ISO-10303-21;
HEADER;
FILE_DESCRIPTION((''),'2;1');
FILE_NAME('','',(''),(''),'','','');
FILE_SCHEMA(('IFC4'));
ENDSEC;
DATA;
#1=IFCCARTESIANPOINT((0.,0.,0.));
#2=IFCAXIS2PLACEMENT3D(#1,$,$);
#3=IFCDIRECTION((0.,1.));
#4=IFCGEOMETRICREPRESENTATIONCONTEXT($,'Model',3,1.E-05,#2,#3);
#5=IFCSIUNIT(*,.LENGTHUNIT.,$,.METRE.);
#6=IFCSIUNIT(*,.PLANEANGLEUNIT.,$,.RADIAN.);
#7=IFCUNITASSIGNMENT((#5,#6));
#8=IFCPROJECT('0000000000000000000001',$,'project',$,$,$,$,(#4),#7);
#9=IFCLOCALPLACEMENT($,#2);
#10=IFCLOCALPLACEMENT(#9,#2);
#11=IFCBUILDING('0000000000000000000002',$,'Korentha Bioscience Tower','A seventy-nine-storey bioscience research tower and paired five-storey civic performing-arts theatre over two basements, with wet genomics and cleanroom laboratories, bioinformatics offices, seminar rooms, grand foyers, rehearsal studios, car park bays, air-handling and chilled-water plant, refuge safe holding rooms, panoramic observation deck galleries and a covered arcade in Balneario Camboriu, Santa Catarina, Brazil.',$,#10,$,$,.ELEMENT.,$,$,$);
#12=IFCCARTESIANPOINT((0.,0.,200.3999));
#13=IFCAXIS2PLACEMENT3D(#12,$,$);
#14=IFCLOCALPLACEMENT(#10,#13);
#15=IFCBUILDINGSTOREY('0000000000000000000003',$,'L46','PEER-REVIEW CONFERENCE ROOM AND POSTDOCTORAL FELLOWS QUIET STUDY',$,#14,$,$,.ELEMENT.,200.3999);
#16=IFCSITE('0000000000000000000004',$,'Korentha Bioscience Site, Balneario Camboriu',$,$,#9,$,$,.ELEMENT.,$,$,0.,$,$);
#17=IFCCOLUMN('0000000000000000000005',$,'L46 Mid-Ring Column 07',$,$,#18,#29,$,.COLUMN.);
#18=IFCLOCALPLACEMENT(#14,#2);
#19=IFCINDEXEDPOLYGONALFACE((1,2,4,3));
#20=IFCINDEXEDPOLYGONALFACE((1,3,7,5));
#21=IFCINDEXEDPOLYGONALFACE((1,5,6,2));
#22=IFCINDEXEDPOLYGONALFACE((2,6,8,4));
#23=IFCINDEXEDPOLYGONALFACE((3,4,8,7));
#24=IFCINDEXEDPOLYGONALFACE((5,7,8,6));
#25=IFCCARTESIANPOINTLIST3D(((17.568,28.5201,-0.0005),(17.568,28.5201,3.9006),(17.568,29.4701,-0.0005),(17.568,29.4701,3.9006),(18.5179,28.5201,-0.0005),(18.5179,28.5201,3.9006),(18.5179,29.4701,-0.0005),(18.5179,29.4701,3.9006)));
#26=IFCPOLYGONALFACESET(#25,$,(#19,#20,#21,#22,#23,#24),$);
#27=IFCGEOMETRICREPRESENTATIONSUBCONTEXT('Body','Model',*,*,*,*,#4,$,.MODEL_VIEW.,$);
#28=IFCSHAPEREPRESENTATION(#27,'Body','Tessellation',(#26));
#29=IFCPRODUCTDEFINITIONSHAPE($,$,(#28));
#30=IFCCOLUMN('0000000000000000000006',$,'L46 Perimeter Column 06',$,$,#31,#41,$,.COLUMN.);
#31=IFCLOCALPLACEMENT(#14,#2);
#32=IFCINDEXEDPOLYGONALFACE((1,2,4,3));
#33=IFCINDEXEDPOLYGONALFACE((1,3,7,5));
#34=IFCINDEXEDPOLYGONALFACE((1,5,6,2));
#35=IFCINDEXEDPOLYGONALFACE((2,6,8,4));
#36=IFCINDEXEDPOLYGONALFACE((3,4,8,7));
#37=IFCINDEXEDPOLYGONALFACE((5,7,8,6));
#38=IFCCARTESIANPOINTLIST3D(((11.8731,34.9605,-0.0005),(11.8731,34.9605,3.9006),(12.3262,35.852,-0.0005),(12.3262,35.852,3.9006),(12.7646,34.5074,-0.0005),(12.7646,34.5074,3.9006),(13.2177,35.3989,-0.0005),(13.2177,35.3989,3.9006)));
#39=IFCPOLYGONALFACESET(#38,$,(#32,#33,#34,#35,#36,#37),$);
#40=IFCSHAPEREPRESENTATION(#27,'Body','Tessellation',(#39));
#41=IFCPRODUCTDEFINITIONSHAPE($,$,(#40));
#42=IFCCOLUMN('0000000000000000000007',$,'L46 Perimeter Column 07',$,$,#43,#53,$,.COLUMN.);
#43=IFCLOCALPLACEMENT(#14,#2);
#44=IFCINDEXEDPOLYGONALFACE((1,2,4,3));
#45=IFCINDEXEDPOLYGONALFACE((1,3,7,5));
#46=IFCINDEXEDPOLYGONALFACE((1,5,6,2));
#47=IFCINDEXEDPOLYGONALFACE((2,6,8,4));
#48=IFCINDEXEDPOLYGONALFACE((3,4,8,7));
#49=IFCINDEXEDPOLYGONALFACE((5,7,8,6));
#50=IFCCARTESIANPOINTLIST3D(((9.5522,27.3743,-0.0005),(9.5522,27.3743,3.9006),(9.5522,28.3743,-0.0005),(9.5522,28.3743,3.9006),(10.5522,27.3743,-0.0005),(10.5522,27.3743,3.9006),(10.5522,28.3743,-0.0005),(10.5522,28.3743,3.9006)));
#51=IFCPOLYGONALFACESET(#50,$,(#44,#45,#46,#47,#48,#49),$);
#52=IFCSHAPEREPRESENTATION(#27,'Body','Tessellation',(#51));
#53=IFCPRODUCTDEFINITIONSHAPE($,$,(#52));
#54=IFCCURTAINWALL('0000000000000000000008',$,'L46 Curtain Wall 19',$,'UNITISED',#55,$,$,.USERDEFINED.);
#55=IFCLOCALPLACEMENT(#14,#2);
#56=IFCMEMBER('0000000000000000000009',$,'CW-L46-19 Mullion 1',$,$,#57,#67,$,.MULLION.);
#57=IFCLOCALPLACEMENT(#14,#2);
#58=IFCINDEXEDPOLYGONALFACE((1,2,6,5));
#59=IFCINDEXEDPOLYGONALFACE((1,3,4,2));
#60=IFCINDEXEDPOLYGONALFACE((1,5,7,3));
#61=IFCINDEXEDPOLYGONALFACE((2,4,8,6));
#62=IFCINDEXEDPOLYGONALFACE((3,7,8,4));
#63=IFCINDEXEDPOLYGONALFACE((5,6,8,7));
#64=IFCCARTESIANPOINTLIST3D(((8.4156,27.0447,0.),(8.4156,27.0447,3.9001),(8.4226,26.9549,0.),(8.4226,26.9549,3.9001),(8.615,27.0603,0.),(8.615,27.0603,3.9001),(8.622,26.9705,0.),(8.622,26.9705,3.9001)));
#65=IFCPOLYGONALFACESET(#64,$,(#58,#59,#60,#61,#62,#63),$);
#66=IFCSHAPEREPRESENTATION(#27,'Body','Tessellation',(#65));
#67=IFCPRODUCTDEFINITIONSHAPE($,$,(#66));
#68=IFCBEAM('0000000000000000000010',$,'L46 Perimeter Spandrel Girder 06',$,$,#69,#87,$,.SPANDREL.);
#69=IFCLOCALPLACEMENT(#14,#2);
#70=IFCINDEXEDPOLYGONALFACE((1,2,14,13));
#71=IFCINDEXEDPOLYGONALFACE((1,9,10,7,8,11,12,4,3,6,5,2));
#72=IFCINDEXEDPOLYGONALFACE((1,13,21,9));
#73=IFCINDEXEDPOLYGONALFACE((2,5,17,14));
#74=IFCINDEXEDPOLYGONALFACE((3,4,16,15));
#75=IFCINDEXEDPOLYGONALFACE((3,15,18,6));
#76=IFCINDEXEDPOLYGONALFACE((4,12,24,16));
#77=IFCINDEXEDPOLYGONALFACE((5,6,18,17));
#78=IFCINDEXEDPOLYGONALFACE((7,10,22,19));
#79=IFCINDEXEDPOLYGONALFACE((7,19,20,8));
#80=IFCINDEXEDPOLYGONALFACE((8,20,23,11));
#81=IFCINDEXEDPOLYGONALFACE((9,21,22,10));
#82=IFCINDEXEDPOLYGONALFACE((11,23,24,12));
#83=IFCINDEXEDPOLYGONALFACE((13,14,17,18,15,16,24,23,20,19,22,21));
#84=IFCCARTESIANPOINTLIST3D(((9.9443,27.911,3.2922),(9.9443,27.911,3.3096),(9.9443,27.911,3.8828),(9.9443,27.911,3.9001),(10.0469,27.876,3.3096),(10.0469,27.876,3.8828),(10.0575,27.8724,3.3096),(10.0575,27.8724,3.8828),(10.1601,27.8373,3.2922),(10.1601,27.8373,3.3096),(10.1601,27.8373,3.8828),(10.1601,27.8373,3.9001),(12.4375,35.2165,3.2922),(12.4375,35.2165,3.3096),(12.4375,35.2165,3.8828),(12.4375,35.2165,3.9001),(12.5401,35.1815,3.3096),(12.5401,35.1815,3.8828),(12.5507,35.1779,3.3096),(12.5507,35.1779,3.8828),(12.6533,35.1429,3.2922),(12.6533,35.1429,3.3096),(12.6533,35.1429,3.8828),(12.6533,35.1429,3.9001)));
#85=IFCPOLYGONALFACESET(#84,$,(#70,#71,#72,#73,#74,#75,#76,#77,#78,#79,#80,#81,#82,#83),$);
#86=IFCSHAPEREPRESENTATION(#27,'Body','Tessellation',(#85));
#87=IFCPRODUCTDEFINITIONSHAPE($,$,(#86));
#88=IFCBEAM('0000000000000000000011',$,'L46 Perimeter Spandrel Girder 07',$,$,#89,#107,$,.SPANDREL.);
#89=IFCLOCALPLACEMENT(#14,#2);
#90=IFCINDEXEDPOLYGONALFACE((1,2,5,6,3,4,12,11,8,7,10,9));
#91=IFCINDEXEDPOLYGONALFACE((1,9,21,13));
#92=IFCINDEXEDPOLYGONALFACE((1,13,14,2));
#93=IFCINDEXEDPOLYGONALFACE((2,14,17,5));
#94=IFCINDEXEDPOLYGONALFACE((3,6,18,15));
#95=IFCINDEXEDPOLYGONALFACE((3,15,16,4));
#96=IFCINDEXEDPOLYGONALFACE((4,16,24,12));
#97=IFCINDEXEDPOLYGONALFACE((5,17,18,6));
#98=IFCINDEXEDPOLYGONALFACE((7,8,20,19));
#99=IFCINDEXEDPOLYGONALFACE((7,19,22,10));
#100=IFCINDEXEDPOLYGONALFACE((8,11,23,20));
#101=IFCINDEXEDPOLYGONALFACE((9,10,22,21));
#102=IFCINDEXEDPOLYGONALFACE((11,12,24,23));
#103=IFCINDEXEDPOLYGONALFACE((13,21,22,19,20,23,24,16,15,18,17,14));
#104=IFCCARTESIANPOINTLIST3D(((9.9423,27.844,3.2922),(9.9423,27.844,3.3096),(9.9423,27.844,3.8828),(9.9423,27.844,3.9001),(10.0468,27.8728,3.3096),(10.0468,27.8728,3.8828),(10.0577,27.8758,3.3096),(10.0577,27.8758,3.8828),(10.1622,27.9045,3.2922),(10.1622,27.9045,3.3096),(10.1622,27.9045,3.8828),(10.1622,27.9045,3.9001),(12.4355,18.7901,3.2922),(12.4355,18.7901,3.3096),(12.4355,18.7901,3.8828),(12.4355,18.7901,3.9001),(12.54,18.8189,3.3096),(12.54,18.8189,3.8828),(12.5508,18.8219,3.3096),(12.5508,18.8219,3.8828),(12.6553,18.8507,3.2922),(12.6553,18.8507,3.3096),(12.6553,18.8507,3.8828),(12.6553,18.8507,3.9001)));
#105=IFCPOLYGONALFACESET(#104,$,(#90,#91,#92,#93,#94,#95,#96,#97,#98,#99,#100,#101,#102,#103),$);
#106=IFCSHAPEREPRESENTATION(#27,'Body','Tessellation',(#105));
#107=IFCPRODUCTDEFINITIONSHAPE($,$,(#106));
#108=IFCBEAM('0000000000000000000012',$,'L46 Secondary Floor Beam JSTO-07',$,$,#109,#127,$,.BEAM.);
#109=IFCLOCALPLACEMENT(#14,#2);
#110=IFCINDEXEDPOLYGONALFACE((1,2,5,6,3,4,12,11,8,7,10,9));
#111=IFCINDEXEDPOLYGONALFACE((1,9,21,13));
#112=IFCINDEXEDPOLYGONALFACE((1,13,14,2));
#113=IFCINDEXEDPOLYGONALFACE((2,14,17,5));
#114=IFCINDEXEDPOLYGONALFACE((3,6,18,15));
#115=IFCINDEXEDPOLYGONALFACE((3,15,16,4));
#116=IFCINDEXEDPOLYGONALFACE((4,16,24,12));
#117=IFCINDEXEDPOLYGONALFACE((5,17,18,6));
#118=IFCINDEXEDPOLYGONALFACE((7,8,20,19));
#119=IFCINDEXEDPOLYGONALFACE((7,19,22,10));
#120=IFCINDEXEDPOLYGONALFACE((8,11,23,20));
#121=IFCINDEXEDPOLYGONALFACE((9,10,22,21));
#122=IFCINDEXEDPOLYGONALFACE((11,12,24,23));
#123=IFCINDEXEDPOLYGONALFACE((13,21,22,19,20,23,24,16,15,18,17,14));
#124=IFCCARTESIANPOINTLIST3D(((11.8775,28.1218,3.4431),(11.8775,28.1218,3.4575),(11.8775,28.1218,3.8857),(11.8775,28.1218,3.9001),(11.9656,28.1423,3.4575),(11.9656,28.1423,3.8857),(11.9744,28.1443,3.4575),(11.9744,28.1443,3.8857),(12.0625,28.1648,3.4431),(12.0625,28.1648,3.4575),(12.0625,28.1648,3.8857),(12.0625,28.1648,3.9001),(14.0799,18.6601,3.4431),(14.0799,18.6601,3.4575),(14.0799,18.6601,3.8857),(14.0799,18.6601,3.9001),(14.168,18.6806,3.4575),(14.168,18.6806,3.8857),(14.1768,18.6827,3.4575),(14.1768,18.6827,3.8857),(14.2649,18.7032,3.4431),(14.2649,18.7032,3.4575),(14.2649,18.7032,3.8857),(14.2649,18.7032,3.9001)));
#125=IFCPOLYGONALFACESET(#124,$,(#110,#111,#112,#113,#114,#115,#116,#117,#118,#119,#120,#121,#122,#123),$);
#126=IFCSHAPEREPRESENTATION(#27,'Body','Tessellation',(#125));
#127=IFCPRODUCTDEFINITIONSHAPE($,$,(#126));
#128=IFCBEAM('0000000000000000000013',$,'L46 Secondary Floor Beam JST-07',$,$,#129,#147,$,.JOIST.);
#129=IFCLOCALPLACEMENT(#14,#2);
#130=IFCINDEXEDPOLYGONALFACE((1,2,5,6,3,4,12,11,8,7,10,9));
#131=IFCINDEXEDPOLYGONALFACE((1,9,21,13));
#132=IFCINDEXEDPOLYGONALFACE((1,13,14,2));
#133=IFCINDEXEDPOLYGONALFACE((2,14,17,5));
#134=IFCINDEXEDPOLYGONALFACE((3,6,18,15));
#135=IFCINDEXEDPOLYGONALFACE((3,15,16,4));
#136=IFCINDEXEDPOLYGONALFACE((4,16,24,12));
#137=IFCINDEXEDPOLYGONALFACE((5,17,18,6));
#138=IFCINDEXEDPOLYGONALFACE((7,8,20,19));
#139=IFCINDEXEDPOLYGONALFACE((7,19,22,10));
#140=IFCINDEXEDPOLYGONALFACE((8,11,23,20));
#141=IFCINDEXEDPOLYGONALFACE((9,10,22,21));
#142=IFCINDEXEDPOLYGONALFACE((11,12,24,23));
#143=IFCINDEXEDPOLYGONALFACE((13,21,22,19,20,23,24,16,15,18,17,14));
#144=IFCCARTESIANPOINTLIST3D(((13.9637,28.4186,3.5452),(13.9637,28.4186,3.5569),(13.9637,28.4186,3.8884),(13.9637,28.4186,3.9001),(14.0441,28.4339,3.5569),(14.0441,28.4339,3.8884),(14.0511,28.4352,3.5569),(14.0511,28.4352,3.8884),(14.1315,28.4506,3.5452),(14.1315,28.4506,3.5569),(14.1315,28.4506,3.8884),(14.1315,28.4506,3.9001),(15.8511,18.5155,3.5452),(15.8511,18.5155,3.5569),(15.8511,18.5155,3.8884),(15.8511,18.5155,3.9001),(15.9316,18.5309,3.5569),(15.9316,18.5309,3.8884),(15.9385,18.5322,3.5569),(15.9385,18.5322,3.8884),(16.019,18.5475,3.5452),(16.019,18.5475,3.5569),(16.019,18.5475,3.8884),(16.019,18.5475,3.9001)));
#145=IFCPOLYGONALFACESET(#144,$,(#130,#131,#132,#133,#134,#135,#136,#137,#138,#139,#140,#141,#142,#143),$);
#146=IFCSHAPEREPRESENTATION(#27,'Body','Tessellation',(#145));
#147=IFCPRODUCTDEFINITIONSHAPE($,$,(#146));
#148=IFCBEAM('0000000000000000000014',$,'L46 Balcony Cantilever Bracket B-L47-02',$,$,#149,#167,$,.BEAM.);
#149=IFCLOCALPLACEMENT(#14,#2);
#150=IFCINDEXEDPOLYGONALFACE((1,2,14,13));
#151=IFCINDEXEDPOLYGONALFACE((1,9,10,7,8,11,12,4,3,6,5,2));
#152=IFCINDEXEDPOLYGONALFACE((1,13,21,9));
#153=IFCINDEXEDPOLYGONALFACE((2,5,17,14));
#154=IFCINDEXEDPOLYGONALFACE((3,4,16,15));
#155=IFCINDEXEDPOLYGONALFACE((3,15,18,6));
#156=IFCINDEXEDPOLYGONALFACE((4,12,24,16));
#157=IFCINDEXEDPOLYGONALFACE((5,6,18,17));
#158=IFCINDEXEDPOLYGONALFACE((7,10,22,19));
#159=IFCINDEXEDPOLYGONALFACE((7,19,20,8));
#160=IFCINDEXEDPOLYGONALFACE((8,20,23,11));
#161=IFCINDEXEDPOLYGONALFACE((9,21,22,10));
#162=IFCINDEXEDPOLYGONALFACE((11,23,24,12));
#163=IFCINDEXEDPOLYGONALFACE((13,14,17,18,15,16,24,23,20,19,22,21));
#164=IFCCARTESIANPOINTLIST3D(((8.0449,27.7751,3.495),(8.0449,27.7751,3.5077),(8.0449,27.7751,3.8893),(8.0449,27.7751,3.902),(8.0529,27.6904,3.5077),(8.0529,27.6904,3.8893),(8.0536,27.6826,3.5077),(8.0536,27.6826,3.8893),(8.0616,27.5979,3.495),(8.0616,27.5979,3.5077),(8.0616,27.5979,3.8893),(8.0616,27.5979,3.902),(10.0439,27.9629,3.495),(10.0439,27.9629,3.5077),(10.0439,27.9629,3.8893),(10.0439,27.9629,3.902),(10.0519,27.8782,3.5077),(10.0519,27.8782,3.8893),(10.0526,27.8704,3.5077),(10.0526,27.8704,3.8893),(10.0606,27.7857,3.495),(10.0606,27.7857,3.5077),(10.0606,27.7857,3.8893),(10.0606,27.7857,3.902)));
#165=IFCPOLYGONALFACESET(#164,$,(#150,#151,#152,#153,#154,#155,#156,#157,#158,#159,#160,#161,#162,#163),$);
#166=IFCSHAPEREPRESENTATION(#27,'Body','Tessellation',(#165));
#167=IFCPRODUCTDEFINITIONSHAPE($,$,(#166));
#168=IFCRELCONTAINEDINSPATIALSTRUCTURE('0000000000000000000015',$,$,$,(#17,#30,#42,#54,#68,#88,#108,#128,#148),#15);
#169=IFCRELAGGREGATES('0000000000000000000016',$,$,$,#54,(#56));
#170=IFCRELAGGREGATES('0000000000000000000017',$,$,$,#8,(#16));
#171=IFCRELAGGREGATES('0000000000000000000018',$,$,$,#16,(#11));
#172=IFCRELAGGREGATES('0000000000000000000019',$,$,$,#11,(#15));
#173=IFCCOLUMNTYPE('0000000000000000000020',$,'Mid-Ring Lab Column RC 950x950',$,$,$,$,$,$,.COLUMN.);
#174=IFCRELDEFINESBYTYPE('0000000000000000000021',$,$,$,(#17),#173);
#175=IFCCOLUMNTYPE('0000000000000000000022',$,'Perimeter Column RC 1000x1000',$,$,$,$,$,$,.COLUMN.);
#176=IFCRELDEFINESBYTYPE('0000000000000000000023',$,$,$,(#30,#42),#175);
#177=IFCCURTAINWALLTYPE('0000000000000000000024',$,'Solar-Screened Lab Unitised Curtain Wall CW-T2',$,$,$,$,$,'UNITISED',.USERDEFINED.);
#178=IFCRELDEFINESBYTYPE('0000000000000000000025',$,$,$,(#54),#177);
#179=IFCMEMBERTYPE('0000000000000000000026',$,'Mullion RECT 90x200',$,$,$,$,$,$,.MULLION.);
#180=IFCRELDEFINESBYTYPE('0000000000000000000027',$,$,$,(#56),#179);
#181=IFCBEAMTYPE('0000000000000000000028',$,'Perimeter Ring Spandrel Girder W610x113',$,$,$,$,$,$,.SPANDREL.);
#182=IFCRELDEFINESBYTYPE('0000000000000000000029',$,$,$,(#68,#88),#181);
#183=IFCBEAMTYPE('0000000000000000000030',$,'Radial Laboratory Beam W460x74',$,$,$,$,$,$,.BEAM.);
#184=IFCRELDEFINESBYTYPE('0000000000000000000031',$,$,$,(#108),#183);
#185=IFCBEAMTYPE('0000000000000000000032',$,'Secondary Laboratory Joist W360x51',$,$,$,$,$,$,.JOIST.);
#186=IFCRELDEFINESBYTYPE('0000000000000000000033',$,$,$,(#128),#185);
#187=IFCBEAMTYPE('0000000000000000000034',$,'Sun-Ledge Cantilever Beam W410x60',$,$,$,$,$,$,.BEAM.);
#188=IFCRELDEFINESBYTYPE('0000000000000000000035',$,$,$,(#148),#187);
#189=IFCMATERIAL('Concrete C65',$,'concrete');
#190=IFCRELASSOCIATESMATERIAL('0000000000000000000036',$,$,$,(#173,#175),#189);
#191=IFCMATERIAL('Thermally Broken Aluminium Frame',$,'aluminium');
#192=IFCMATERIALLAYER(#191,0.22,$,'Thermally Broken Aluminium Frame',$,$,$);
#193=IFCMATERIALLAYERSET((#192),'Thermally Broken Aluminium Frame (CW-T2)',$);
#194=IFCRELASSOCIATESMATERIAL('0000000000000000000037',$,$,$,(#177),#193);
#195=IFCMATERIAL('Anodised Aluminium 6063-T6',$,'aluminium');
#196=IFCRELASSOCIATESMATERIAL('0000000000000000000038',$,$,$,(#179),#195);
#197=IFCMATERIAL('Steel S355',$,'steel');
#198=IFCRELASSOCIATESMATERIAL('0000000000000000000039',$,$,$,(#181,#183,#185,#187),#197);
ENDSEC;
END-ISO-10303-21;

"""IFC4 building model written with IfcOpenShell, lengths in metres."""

from ifc_helpers import new_model, si_unit, direction, frame, origin, origin_2d, place, context, subcontext, project, spatial, rectangle, i_section, extrude, material, layer, layer_set, material_profile, profile_set, type_object, element, aggregate, save


model = new_model("IFC4")

# Units and contexts
model_context = context("Model", 3, precision=1e-05, world=origin(), true_north=direction((0.0, 1.0)))
body_context = subcontext(model_context, "Body", "Model", "MODEL_VIEW")
ifc_project = project(units=[si_unit("LENGTHUNIT", "METRE"), si_unit("PLANEANGLEUNIT", "RADIAN")], contexts=[model_context])

# Site, building, storey
site_placement = place(None, origin())
site = spatial("IfcSite", under=ifc_project, at=site_placement, Name="Korentha Bioscience Site, Balneario Camboriu", CompositionType="ELEMENT", RefElevation=0.0)
building_placement = place(site_placement, origin())
building = spatial("IfcBuilding", under=site, at=building_placement, Name="Korentha Bioscience Tower", Description="A seventy-nine-storey bioscience research tower and paired five-storey civic performing-arts theatre over two basements, with wet genomics and cleanroom laboratories, bioinformatics offices, seminar rooms, grand foyers, rehearsal studios, car park bays, air-handling and chilled-water plant, refuge safe holding rooms, panoramic observation deck galleries and a covered arcade in Balneario Camboriu, Santa Catarina, Brazil.", CompositionType="ELEMENT")
storey_placement = place(building_placement, frame((0.0, 0.0, 200.3999)))
storey = spatial("IfcBuildingStorey", under=building, at=storey_placement, Name="L46", Description="PEER-REVIEW CONFERENCE ROOM AND POSTDOCTORAL FELLOWS QUIET STUDY", CompositionType="ELEMENT", Elevation=200.3999)

# Columns
ifc_material_1 = material(Name="Concrete C65", Category="concrete")
ifc_material_profile_1 = material_profile(ifc_material_1, rectangle(XDim=0.95, YDim=0.95, at=origin_2d()), Name="Concrete C65")
ifc_profile_set_1 = profile_set([ifc_material_profile_1], Name="Concrete C65 (COL-MR09)")
column_type_1 = type_object("IfcColumnType", Name="Mid-Ring Lab Column RC 950x950", PredefinedType="COLUMN", material=ifc_profile_set_1)
column_placement = place(storey_placement, frame((18.043, 28.9951, -0.0005), z_axis=(0.0, 0.0, 1.0), x_axis=(1.0, 0.0, 0.0)))
element("IfcColumn", 1, at=column_placement, inside=storey, type_object=column_type_1, Name="L46 Mid-Ring Column 07", PredefinedType="COLUMN", context=body_context, shape_type="SweptSolid", body=[
    extrude(rectangle(XDim=0.95, YDim=0.95, at=origin_2d()), origin(), (0.0, 0.0, 1.0), 3.9011),
])
ifc_material_profile_2 = material_profile(ifc_material_1, rectangle(XDim=1.0, YDim=1.0, at=origin_2d()), Name="Concrete C65")
ifc_profile_set_2 = profile_set([ifc_material_profile_2], Name="Concrete C65 (COL-P10)")
column_type_2 = type_object("IfcColumnType", Name="Perimeter Column RC 1000x1000", PredefinedType="COLUMN", material=ifc_profile_set_2)
for number, where, z_axis, x_axis, name in (
    (2, (12.5454, 35.1797, -0.0005), (0.0, 0.0, 1.0), (0.453057, 0.891481, 0.0), "L46 Perimeter Column 06"),
    (3, (10.0522, 27.8743, -0.0005), (0.0, 0.0, 1.0), (0.0, 1.0, 0.0), "L46 Perimeter Column 07"),
):
    element("IfcColumn", number, at=place(storey_placement, frame(where, z_axis=z_axis, x_axis=x_axis)), inside=storey, type_object=column_type_2, Name=name, PredefinedType="COLUMN", context=body_context, shape_type="SweptSolid", body=[
        extrude(rectangle(XDim=1.0, YDim=1.0, at=origin_2d()), origin(), (0.0, 0.0, 1.0), 3.9011),
    ])

# Curtain wall, member
ifc_material_2 = material(Name="Thermally Broken Aluminium Frame", Category="aluminium")
ifc_layer_1 = layer(ifc_material_2, 0.22, Name="Thermally Broken Aluminium Frame")
ifc_layer_set_1 = layer_set([ifc_layer_1], Name="Thermally Broken Aluminium Frame (CW-T2)")
curtain_wall_type = type_object("IfcCurtainWallType", Name="Solar-Screened Lab Unitised Curtain Wall CW-T2", ElementType="UNITISED", PredefinedType="USERDEFINED", material=ifc_layer_set_1)
curtain_wall_placement = place(storey_placement, origin())
curtain_wall = element("IfcCurtainWall", 4, at=curtain_wall_placement, inside=storey, type_object=curtain_wall_type, Name="L46 Curtain Wall 19", ObjectType="UNITISED", PredefinedType="USERDEFINED")
ifc_material_3 = material(Name="Anodised Aluminium 6063-T6", Category="aluminium")
ifc_material_profile_3 = material_profile(ifc_material_3, rectangle(XDim=0.0901, YDim=0.2, at=origin_2d()), Name="Anodised Aluminium 6063-T6")
ifc_profile_set_3 = profile_set([ifc_material_profile_3], Name="Anodised Aluminium 6063-T6 (CW-MUL)")
member_type_1 = type_object("IfcMemberType", Name="Mullion RECT 90x200", PredefinedType="MULLION", material=ifc_profile_set_3)
member_1_placement = place(storey_placement, frame((8.5188, 27.0076, 0.0), z_axis=(0.0, 0.0, 1.0), x_axis=(0.077988, -0.996954, 0.0)))
member_1 = element("IfcMember", 5, at=member_1_placement, type_object=member_type_1, Name="CW-L46-19 Mullion 1", PredefinedType="MULLION", context=body_context, shape_type="SweptSolid", body=[
    extrude(rectangle(XDim=0.0901, YDim=0.2, at=origin_2d()), origin(), (0.0, 0.0, 1.0), 3.9001),
])

# Beams
ifc_material_4 = material(Name="Steel S355", Category="steel")
ifc_material_profile_4 = material_profile(ifc_material_4, i_section(OverallWidth=0.228, OverallDepth=0.6079, WebThickness=0.0112, FlangeThickness=0.0173, at=origin_2d()), Name="Steel S355")
ifc_profile_set_4 = profile_set([ifc_material_profile_4], Name="Steel S355 (SB-610)")
beam_type_1 = type_object("IfcBeamType", Name="Perimeter Ring Spandrel Girder W610x113", PredefinedType="SPANDREL", material=ifc_profile_set_4)
beam_1_placement = place(storey_placement, frame((12.5454, 35.1797, 3.5962), z_axis=(-0.322985, -0.946404, 0.0), x_axis=(0.946404, -0.322985, 0.0)))
element("IfcBeam", 6, at=beam_1_placement, inside=storey, type_object=beam_type_1, Name="L46 Perimeter Spandrel Girder 06", PredefinedType="SPANDREL", context=body_context, shape_type="SweptSolid", body=[
    extrude(i_section(OverallWidth=0.228, OverallDepth=0.6079, WebThickness=0.0112, FlangeThickness=0.0173, at=origin_2d()), origin(), (0.0, 0.0, 1.0), 7.7192),
])
beam_2_placement = place(storey_placement, frame((10.0522, 27.8743, 3.5962), z_axis=(0.265486, -0.964115, 0.0), x_axis=(0.964115, 0.265486, 0.0)))
element("IfcBeam", 7, at=beam_2_placement, inside=storey, type_object=beam_type_1, Name="L46 Perimeter Spandrel Girder 07", PredefinedType="SPANDREL", context=body_context, shape_type="SweptSolid", body=[
    extrude(i_section(OverallWidth=0.228, OverallDepth=0.6079, WebThickness=0.0112, FlangeThickness=0.0173, at=origin_2d()), origin(), (0.0, 0.0, 1.0), 9.3909),
])
ifc_material_profile_5 = material_profile(ifc_material_4, i_section(OverallWidth=0.1899, OverallDepth=0.457, WebThickness=0.009, FlangeThickness=0.0144, at=origin_2d()), Name="Steel S355")
ifc_profile_set_5 = profile_set([ifc_material_profile_5], Name="Steel S355 (RB-460)")
beam_type_2 = type_object("IfcBeamType", Name="Radial Laboratory Beam W460x74", PredefinedType="BEAM", material=ifc_profile_set_5)
beam_3_placement = place(storey_placement, frame((11.97, 28.1433, 3.6716), z_axis=(0.226709, -0.973962, 0.0), x_axis=(0.973962, 0.226709, 0.0)))
element("IfcBeam", 8, at=beam_3_placement, inside=storey, type_object=beam_type_2, Name="L46 Secondary Floor Beam JSTO-07", PredefinedType="BEAM", context=body_context, shape_type="SweptSolid", body=[
    extrude(i_section(OverallWidth=0.1899, OverallDepth=0.457, WebThickness=0.009, FlangeThickness=0.0144, at=origin_2d()), origin(), (0.0, 0.0, 1.0), 9.7146),
])
ifc_material_profile_6 = material_profile(ifc_material_4, i_section(OverallWidth=0.1709, OverallDepth=0.355, WebThickness=0.0071, FlangeThickness=0.0117, at=origin_2d()), Name="Steel S355")
ifc_profile_set_6 = profile_set([ifc_material_profile_6], Name="Steel S355 (JB-360)")
beam_type_3 = type_object("IfcBeamType", Name="Secondary Laboratory Joist W360x51", PredefinedType="JOIST", material=ifc_profile_set_6)
beam_4_placement = place(storey_placement, frame((14.0476, 28.4346, 3.7227), z_axis=(0.187222, -0.982318, 0.0), x_axis=(0.982318, 0.187222, 0.0)))
element("IfcBeam", 9, at=beam_4_placement, inside=storey, type_object=beam_type_3, Name="L46 Secondary Floor Beam JST-07", PredefinedType="JOIST", context=body_context, shape_type="SweptSolid", body=[
    extrude(i_section(OverallWidth=0.1709, OverallDepth=0.355, WebThickness=0.0071, FlangeThickness=0.0117, at=origin_2d()), origin(), (0.0, 0.0, 1.0), 10.0813),
])
ifc_material_profile_7 = material_profile(ifc_material_4, i_section(OverallWidth=0.178, OverallDepth=0.407, WebThickness=0.0078, FlangeThickness=0.0127, at=origin_2d()), Name="Steel S355")
ifc_profile_set_7 = profile_set([ifc_material_profile_7], Name="Steel S355 (CB-410)")
beam_type_4 = type_object("IfcBeamType", Name="Sun-Ledge Cantilever Beam W410x60", PredefinedType="BEAM", material=ifc_profile_set_7)
beam_5_placement = place(storey_placement, frame((10.0522, 27.8743, 3.6985), z_axis=(-0.995619, -0.093506, 0.0), x_axis=(0.093506, -0.995619, 0.0)))
element("IfcBeam", 10, at=beam_5_placement, inside=storey, type_object=beam_type_4, Name="L46 Balcony Cantilever Bracket B-L47-02", PredefinedType="BEAM", context=body_context, shape_type="SweptSolid", body=[
    extrude(i_section(OverallWidth=0.178, OverallDepth=0.407, WebThickness=0.0078, FlangeThickness=0.0127, at=origin_2d()), origin(), (0.0, 0.0, 1.0), 2.0078),
])

aggregate(curtain_wall, [member_1])

save(model, "model.ifc")
